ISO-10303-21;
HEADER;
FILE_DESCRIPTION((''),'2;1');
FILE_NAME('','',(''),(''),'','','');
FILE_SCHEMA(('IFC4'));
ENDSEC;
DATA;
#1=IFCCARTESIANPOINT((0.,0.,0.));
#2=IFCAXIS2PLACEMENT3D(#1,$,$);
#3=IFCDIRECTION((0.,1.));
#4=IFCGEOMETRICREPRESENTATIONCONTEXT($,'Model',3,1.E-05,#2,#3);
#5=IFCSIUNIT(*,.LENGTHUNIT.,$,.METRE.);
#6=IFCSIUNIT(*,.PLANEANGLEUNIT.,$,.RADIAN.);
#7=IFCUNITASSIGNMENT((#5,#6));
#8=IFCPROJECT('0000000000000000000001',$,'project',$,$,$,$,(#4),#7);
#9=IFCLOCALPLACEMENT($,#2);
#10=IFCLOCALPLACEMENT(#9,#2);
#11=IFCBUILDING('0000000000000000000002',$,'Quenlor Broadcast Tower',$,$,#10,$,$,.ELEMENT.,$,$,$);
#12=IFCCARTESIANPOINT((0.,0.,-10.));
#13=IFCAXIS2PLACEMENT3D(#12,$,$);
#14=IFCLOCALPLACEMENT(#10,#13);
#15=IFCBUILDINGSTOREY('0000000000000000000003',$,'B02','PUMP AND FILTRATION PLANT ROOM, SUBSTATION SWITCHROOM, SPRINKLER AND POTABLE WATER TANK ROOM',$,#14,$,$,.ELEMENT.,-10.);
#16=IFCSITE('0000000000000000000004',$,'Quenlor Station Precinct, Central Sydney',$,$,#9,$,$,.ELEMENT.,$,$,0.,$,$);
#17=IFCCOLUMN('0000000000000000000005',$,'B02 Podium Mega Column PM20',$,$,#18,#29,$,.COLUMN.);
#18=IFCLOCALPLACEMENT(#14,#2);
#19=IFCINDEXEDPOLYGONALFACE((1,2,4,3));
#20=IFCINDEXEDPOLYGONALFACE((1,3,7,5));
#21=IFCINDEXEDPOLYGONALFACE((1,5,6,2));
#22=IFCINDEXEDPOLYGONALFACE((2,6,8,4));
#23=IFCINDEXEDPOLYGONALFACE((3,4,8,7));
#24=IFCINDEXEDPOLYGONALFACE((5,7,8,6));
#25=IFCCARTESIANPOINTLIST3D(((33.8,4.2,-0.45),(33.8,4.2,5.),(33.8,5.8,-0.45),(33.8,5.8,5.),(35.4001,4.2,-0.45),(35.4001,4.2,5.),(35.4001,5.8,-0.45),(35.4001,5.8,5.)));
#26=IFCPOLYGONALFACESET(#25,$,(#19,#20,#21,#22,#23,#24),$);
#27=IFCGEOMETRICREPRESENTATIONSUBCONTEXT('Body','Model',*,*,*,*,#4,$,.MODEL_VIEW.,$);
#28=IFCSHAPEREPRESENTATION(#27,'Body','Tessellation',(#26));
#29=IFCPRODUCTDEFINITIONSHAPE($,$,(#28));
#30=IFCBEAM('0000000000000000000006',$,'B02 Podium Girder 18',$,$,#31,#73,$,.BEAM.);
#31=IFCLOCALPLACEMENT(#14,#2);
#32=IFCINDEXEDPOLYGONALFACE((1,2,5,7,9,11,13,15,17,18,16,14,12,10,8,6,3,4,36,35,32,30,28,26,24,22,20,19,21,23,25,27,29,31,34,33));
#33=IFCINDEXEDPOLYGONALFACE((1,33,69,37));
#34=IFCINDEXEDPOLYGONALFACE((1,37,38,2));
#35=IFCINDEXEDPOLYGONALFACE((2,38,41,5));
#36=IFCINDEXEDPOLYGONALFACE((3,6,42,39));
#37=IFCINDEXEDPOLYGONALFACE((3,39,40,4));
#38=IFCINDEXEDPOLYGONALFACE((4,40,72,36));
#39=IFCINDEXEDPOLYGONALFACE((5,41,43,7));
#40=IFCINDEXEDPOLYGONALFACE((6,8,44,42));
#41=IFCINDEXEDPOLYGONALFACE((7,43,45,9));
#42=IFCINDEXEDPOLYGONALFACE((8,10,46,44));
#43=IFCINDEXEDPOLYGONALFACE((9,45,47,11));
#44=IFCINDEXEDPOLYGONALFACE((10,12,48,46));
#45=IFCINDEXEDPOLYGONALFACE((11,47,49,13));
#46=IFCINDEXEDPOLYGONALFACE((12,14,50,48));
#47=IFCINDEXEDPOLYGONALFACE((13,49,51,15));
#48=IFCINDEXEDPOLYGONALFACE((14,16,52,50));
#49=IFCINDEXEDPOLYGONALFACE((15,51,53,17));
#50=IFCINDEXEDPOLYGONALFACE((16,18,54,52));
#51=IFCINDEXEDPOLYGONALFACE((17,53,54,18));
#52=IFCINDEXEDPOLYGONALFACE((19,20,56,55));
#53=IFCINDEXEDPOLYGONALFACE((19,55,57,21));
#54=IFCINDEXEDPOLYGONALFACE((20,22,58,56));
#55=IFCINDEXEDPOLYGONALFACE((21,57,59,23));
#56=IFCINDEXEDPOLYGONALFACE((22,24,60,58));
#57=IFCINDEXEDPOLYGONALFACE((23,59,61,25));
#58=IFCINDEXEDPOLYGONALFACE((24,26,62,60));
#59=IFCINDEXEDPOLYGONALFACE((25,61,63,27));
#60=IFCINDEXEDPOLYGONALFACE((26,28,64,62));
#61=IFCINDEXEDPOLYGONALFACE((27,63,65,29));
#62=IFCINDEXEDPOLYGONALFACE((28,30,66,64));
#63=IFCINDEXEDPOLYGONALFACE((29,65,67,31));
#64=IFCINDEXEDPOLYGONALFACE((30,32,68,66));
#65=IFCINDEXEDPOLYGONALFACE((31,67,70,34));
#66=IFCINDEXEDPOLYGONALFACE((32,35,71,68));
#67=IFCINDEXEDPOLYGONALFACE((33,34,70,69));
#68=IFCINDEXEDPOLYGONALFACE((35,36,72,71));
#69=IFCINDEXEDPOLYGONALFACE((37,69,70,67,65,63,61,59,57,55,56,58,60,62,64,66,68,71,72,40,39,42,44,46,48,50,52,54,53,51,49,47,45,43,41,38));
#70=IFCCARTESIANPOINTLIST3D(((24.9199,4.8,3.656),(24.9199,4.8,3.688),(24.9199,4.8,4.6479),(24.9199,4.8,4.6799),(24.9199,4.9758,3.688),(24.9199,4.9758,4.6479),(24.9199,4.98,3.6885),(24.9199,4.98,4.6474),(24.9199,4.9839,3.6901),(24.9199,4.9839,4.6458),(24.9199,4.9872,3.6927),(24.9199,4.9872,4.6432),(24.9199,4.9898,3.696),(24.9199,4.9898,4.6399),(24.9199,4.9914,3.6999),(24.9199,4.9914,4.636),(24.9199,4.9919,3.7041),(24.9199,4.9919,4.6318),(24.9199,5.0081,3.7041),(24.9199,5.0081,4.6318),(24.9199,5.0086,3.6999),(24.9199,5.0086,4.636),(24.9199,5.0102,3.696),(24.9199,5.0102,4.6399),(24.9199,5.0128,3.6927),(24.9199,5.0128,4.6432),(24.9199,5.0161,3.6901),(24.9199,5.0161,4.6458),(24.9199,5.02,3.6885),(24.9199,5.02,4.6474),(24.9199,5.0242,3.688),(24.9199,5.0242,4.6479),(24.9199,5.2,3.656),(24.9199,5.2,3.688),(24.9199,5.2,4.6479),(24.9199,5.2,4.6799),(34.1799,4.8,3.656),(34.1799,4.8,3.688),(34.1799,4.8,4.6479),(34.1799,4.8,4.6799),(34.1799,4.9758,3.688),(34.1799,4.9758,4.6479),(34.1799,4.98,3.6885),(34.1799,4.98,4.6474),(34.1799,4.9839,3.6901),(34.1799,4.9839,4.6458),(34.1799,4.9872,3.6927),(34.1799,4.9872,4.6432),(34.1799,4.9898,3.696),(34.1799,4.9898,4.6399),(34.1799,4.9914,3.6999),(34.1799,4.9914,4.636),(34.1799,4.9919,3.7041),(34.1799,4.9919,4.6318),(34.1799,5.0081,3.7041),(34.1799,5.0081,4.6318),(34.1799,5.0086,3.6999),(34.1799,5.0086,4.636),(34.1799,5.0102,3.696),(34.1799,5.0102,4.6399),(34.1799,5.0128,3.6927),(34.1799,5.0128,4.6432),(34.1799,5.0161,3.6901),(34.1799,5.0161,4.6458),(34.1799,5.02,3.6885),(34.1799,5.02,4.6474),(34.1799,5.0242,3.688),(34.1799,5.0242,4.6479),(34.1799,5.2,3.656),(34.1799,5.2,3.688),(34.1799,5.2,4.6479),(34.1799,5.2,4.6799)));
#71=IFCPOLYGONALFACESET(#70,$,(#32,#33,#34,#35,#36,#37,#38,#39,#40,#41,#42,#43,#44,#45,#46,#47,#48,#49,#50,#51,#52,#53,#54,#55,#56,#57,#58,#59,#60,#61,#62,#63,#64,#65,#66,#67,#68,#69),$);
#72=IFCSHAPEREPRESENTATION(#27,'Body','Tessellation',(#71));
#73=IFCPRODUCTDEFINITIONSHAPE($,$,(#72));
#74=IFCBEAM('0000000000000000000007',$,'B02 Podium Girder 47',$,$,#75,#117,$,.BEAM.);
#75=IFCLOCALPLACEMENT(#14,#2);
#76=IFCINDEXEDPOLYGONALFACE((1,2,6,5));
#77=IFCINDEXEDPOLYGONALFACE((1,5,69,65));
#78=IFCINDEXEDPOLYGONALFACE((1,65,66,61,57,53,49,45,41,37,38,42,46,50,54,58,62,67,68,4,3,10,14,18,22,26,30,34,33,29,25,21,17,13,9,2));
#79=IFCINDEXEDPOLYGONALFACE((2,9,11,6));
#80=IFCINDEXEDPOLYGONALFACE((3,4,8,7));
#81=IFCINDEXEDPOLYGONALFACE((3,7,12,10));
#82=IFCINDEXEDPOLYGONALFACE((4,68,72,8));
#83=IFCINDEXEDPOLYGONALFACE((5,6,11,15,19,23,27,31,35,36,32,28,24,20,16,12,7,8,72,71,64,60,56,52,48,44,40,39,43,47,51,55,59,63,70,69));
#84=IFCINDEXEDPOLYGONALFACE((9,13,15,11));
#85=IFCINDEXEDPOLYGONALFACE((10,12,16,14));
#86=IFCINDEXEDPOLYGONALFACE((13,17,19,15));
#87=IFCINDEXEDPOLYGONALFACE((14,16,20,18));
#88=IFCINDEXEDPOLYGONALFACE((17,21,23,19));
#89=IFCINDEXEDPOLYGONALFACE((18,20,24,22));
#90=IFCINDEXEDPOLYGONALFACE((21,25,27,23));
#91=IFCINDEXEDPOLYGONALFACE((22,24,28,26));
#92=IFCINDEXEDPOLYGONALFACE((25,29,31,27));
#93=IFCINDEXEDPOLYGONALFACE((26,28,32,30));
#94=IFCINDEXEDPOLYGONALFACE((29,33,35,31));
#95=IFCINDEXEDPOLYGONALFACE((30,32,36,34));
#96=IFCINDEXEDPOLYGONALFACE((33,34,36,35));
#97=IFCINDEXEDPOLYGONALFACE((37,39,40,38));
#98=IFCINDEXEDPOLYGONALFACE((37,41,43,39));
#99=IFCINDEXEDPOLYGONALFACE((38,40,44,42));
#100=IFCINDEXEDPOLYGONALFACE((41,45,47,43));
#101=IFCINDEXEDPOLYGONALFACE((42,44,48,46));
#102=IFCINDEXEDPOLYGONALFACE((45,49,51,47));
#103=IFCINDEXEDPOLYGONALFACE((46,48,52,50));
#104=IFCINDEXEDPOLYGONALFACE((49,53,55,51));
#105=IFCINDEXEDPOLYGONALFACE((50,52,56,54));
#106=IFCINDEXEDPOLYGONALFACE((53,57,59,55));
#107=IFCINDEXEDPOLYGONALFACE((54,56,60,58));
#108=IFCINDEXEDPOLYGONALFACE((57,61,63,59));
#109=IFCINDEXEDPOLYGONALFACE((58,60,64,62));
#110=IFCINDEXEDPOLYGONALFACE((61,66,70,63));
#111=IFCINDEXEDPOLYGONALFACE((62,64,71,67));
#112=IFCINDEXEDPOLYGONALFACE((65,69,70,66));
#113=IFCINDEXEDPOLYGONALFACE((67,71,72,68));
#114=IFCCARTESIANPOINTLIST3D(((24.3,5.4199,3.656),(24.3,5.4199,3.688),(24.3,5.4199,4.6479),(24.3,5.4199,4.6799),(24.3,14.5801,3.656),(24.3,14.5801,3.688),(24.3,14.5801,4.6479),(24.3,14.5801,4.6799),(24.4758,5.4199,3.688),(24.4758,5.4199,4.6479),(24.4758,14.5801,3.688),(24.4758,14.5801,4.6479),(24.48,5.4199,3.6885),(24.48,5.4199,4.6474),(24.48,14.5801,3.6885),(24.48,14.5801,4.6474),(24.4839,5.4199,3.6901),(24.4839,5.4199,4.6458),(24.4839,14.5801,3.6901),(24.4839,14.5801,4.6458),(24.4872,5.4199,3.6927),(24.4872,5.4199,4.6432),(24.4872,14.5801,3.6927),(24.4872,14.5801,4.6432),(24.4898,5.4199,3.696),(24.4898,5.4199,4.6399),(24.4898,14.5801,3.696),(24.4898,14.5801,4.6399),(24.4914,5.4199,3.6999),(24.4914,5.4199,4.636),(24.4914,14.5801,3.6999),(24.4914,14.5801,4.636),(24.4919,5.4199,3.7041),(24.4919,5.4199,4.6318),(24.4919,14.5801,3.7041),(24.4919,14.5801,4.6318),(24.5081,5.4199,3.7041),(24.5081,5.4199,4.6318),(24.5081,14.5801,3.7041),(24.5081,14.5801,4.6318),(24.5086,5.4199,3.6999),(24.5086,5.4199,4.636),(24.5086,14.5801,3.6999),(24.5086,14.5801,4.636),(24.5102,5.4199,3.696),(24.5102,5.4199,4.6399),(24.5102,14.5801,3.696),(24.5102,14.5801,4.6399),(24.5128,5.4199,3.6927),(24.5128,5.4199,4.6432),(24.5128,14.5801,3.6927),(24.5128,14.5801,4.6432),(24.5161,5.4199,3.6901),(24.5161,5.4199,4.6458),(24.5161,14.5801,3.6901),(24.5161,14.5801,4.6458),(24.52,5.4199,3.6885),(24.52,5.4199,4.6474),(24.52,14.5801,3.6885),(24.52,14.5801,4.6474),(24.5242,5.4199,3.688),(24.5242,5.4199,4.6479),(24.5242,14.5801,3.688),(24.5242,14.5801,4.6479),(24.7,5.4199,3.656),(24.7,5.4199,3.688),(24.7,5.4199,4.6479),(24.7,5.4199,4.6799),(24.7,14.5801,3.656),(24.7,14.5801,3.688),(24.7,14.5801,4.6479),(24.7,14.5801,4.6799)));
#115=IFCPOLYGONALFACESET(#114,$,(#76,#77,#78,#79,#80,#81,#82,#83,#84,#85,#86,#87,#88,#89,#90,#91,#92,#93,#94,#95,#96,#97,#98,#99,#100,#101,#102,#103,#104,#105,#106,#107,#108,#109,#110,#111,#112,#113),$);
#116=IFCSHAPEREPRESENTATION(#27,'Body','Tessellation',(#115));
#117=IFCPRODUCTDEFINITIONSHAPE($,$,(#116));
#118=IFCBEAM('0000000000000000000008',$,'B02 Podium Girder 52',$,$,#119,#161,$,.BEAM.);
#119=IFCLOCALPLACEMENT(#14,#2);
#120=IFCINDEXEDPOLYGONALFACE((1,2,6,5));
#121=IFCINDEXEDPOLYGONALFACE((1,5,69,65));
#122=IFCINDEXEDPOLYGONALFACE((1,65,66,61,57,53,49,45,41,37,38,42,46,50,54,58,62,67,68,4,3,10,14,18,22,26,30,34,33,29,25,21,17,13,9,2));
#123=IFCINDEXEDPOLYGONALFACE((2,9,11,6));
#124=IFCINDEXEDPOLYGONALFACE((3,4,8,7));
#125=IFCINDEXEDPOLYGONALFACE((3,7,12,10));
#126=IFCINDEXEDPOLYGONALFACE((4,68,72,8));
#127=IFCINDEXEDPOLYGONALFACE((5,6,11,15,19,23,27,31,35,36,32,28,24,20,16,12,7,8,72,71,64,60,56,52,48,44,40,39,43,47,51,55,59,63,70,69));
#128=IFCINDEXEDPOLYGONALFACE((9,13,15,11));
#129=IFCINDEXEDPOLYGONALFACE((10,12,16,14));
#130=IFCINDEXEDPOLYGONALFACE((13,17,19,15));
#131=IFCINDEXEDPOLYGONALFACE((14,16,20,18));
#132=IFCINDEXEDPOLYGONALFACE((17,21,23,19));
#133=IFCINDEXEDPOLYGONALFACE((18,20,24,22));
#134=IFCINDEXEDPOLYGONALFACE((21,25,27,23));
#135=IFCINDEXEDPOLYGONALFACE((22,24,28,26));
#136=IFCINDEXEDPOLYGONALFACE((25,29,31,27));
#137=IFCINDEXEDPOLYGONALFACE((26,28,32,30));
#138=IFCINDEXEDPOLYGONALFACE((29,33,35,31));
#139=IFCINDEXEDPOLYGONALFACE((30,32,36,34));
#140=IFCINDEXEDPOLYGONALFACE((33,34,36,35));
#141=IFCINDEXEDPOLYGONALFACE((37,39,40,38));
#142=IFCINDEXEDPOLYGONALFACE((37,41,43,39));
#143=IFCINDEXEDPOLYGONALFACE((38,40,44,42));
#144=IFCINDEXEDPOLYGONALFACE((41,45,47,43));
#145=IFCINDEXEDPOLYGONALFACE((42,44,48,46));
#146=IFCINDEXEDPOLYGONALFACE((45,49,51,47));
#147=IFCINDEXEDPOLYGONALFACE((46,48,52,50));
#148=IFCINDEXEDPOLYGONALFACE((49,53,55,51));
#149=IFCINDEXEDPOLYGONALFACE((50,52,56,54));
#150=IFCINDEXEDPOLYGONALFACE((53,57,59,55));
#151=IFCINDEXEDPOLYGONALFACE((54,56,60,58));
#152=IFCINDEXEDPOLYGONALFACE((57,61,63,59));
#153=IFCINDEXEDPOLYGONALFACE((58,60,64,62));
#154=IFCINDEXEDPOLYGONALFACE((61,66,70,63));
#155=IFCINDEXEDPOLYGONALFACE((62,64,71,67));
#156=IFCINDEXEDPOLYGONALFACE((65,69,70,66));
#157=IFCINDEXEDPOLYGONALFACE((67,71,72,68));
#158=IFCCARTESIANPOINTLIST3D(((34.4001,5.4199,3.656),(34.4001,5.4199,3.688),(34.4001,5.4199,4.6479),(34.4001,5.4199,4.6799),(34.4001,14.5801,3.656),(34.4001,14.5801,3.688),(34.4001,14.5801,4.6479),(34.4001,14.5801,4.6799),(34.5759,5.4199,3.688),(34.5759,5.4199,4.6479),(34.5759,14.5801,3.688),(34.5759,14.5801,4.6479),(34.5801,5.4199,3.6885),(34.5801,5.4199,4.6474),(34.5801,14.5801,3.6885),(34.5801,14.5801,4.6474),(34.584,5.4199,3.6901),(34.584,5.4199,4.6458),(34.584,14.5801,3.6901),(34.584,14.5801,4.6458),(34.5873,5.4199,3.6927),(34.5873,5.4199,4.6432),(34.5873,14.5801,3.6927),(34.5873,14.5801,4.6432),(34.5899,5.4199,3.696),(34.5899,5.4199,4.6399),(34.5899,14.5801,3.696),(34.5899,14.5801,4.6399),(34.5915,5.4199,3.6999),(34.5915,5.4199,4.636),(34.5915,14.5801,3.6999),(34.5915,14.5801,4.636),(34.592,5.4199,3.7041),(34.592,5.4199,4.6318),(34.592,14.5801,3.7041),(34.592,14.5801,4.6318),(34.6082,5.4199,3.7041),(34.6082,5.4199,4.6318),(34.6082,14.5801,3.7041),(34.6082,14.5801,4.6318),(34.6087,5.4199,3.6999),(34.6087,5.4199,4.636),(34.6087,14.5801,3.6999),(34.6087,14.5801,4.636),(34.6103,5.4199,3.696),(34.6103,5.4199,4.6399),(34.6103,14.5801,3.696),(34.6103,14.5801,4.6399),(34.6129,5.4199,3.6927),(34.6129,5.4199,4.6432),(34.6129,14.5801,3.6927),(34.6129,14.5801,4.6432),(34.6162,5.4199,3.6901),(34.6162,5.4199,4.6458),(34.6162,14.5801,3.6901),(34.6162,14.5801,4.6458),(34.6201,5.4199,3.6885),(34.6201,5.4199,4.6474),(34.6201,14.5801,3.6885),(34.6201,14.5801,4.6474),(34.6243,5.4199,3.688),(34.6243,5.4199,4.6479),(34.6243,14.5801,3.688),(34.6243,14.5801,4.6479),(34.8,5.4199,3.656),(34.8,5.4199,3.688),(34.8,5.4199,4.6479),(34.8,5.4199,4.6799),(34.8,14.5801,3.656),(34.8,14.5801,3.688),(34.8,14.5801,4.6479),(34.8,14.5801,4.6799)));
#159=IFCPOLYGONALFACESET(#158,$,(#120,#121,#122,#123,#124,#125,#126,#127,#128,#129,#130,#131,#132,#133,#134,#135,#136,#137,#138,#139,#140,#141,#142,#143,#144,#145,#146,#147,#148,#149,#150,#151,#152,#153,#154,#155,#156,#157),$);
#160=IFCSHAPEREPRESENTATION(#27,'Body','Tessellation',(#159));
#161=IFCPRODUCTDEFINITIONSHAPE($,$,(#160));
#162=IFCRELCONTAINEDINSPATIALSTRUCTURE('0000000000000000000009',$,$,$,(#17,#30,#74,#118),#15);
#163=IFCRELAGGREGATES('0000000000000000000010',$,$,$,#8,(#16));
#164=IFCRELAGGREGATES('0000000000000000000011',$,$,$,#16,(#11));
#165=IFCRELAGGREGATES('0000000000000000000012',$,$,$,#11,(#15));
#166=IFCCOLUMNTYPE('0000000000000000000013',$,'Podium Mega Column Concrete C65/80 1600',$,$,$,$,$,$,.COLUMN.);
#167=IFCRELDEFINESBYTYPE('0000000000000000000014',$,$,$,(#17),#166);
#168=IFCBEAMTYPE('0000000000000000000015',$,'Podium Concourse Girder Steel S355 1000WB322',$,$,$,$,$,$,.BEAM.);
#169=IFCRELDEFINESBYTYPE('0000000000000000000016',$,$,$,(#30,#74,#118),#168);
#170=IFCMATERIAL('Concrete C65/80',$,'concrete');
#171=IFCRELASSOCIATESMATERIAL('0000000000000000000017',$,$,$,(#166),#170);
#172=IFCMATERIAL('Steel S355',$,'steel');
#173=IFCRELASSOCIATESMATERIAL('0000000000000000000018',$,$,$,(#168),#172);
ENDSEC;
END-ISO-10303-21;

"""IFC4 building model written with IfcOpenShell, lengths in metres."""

from ifc_helpers import new_model, si_unit, direction, frame, origin, origin_2d, place, context, subcontext, project, spatial, rectangle, i_section, extrude, material, material_profile, profile_set, type_object, element, save


model = new_model("IFC4")

# Units and contexts
model_context = context("Model", 3, precision=1e-05, world=origin(), true_north=direction((0.0, 1.0)))
body_context = subcontext(model_context, "Body", "Model", "MODEL_VIEW")
ifc_project = project(units=[si_unit("LENGTHUNIT", "METRE"), si_unit("PLANEANGLEUNIT", "RADIAN")], contexts=[model_context])

# Site, building, storey
site_placement = place(None, origin())
site = spatial("IfcSite", under=ifc_project, at=site_placement, Name="Quenlor Station Precinct, Central Sydney", CompositionType="ELEMENT", RefElevation=0.0)
building_placement = place(site_placement, origin())
building = spatial("IfcBuilding", under=site, at=building_placement, Name="Quenlor Broadcast Tower", CompositionType="ELEMENT")
storey_placement = place(building_placement, frame((0.0, 0.0, -10.0)))
storey = spatial("IfcBuildingStorey", under=building, at=storey_placement, Name="B02", Description="PUMP AND FILTRATION PLANT ROOM, SUBSTATION SWITCHROOM, SPRINKLER AND POTABLE WATER TANK ROOM", CompositionType="ELEMENT", Elevation=-10.0)

# Column
ifc_material_1 = material(Name="Concrete C65/80", Category="concrete")
ifc_material_profile_1 = material_profile(ifc_material_1, rectangle(XDim=1.6001, YDim=1.6001, at=origin_2d()))
ifc_profile_set_1 = profile_set([ifc_material_profile_1], Name="Concrete C65/80 RC1600x1600")
column_type = type_object("IfcColumnType", Name="Podium Mega Column Concrete C65/80 1600", PredefinedType="COLUMN", material=ifc_profile_set_1)
for number, where, z_axis, x_axis, name in (
    (1, (34.6001, 5.0, -0.45), (0.0, 0.0, 1.0), (1.0, 0.0, 0.0), "B02 Podium Mega Column PM20"),
):
    element("IfcColumn", number, at=place(storey_placement, frame(where, z_axis=z_axis, x_axis=x_axis)), inside=storey, type_object=column_type, Name=name, PredefinedType="COLUMN", context=body_context, shape_type="SweptSolid", body=[
        extrude(rectangle(XDim=1.6001, YDim=1.6001, at=origin_2d()), origin(), (0.0, 0.0, 1.0), 5.45),
    ])

# Beams
ifc_material_2 = material(Name="Steel S355", Category="steel")
ifc_material_profile_2 = material_profile(ifc_material_2, i_section(OverallWidth=0.3999, OverallDepth=1.0239, WebThickness=0.0161, FlangeThickness=0.032, FilletRadius=0.0161, at=origin_2d()))
ifc_profile_set_2 = profile_set([ifc_material_profile_2], Name="Steel S355 1000WB322")
beam_type_1 = type_object("IfcBeamType", Name="Podium Concourse Girder Steel S355 1000WB322", PredefinedType="BEAM", material=ifc_profile_set_2)
beam_placement = place(storey_placement, frame((24.9199, 5.0, 4.168), z_axis=(1.0, 0.0, 0.0), x_axis=(0.0, 1.0, 0.0)))
element("IfcBeam", 2, at=beam_placement, inside=storey, type_object=beam_type_1, Name="B02 Podium Girder 18", PredefinedType="BEAM", context=body_context, shape_type="SweptSolid", body=[
    extrude(i_section(OverallWidth=0.3999, OverallDepth=1.0239, WebThickness=0.0161, FlangeThickness=0.032, FilletRadius=0.0161, at=origin_2d()), origin(), (0.0, 0.0, 1.0), 9.26),
])
for number, where, z_axis, x_axis, name in (
    (3, (24.5, 5.4199, 4.168), (0.0, 1.0, 0.0), (-1.0, 0.0, 0.0), "B02 Podium Girder 47"),
    (4, (34.6001, 5.4199, 4.168), (0.0, 1.0, 0.0), (-1.0, 0.0, 0.0), "B02 Podium Girder 52"),
):
    element("IfcBeam", number, at=place(storey_placement, frame(where, z_axis=z_axis, x_axis=x_axis)), inside=storey, type_object=beam_type_1, Name=name, PredefinedType="BEAM", context=body_context, shape_type="SweptSolid", body=[
        extrude(i_section(OverallWidth=0.3999, OverallDepth=1.0239, WebThickness=0.0161, FlangeThickness=0.032, FilletRadius=0.0161, at=origin_2d()), origin(), (0.0, 0.0, 1.0), 9.1602),
    ])

save(model, "model.ifc")
